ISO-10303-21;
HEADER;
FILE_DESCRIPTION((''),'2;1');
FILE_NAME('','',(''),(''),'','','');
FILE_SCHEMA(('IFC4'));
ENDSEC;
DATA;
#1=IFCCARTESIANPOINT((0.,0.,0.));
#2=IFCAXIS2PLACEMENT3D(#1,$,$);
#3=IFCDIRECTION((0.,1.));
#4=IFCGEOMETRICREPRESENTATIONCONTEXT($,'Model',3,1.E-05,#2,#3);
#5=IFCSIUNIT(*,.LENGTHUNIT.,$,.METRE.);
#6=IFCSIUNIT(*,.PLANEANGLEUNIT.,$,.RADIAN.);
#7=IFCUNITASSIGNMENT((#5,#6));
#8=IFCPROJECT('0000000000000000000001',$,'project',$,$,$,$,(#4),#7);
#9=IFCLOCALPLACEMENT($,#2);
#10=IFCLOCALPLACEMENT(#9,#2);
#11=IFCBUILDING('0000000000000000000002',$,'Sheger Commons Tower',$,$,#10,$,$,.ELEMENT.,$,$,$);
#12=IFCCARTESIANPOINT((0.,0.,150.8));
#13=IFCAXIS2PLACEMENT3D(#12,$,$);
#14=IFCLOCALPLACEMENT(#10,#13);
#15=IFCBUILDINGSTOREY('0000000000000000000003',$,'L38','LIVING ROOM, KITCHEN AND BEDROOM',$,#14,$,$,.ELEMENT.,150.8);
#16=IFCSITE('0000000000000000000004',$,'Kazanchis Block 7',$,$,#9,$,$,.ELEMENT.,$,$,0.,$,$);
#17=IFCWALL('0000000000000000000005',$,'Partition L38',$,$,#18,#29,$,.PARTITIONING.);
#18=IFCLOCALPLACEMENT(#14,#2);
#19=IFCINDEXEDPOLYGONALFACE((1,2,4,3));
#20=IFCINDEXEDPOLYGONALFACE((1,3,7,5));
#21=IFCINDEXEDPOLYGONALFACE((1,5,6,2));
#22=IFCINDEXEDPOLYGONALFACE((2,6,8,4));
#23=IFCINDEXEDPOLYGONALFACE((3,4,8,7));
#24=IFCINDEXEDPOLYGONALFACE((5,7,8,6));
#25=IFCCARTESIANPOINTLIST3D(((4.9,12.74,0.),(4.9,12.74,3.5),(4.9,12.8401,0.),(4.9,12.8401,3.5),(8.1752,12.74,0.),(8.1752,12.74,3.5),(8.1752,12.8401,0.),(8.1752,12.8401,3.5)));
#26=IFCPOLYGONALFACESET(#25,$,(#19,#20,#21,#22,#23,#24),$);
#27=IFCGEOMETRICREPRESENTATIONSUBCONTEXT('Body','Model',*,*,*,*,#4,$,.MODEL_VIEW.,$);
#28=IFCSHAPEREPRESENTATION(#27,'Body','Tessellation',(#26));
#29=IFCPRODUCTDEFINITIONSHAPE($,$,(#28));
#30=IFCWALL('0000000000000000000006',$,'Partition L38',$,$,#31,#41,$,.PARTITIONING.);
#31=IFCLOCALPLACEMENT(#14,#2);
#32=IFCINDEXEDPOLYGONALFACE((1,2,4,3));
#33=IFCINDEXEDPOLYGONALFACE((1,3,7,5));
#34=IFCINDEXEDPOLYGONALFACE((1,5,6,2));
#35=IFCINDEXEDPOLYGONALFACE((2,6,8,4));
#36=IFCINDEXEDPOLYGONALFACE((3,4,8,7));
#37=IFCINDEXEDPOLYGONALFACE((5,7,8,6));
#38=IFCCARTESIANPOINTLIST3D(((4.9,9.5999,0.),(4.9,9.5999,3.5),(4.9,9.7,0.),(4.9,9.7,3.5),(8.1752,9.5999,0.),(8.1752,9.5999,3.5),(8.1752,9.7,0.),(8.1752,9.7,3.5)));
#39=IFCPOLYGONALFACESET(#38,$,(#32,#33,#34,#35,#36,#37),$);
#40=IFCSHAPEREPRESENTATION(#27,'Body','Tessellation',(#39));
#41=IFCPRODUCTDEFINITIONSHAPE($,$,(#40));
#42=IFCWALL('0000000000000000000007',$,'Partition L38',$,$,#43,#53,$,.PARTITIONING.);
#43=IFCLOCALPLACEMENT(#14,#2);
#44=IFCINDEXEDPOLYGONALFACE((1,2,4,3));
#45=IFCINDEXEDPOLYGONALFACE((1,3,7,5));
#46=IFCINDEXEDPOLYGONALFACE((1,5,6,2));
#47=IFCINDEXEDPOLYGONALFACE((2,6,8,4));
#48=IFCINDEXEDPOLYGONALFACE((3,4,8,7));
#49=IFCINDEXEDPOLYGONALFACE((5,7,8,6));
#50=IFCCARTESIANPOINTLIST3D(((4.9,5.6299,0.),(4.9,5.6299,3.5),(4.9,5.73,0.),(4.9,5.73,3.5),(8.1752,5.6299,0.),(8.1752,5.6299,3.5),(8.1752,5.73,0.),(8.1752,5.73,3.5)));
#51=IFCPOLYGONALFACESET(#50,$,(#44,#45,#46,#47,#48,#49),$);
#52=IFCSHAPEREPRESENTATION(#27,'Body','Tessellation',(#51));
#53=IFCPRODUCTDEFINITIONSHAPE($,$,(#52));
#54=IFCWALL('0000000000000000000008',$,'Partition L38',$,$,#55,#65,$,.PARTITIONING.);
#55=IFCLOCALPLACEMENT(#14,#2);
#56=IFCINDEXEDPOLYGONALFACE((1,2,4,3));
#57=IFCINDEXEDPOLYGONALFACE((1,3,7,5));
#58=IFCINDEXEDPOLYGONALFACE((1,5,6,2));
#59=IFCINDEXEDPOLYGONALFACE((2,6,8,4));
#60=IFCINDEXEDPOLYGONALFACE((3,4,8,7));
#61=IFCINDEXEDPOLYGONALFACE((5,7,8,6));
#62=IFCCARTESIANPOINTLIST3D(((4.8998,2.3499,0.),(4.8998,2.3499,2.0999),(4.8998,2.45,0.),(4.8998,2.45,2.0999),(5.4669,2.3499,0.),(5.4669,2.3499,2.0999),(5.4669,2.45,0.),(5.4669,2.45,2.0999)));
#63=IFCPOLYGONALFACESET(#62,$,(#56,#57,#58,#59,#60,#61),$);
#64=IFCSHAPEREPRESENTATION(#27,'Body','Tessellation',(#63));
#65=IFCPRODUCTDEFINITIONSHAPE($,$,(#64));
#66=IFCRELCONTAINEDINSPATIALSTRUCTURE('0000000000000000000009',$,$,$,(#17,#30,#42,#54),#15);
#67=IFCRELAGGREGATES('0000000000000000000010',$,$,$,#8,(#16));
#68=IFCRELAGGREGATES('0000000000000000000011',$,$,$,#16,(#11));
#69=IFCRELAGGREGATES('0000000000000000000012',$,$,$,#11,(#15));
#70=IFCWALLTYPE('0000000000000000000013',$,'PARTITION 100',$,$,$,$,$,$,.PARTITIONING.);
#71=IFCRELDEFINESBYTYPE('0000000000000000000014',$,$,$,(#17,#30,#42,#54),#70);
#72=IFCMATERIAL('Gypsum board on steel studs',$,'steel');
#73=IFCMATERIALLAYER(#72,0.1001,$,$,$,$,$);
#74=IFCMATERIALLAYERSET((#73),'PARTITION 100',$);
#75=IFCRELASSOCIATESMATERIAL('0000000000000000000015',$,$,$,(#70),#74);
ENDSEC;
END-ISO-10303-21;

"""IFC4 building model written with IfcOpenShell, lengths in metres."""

from ifc_helpers import new_model, si_unit, direction, frame, frame_2d, origin, place, context, subcontext, project, spatial, rectangle, extrude, material, layer, layer_set, type_object, element, save


model = new_model("IFC4")

# Units and contexts
model_context = context("Model", 3, precision=1e-05, world=origin(), true_north=direction((0.0, 1.0)))
body_context = subcontext(model_context, "Body", "Model", "MODEL_VIEW")
ifc_project = project(units=[si_unit("LENGTHUNIT", "METRE"), si_unit("PLANEANGLEUNIT", "RADIAN")], contexts=[model_context])

# Site, building, storey
site_placement = place(None, origin())
site = spatial("IfcSite", under=ifc_project, at=site_placement, Name="Kazanchis Block 7", CompositionType="ELEMENT", RefElevation=0.0)
building_placement = place(site_placement, origin())
building = spatial("IfcBuilding", under=site, at=building_placement, Name="Sheger Commons Tower", CompositionType="ELEMENT")
storey_placement = place(building_placement, frame((0.0, 0.0, 150.8)))
storey = spatial("IfcBuildingStorey", under=building, at=storey_placement, Name="L38", Description="LIVING ROOM, KITCHEN AND BEDROOM", CompositionType="ELEMENT", Elevation=150.8)

# Shared definitions
ifc_material_1 = material(Name="Gypsum board on steel studs", Category="steel")
ifc_layer = layer(ifc_material_1, 0.1001)
ifc_layer_set = layer_set([ifc_layer], Name="PARTITION 100")
wall_type = type_object("IfcWallType", Name="PARTITION 100", PredefinedType="PARTITIONING", material=ifc_layer_set)

# Walls
for number, where, z_axis, x_axis, name in (
    (1, (4.8999, 12.79, 0.0), (0.0, 0.0, 1.0), (1.0, 0.0, 0.0), "Partition L38"),
    (2, (4.8999, 9.6499, 0.0), (0.0, 0.0, 1.0), (1.0, 0.0, 0.0), "Partition L38"),
    (3, (4.8999, 5.6799, 0.0), (0.0, 0.0, 1.0), (1.0, 0.0, 0.0), "Partition L38"),
):
    element("IfcWall", number, at=place(storey_placement, frame(where, z_axis=z_axis, x_axis=x_axis)), inside=storey, type_object=wall_type, Name=name, PredefinedType="PARTITIONING", context=body_context, shape_type="SweptSolid", body=[
        extrude(rectangle(XDim=3.2751, YDim=0.1001, at=frame_2d((1.6377, 0.0))), origin(), (0.0, 0.0, 1.0), 3.5),
    ])
wall_1_placement = place(storey_placement, frame((5.467, 2.3999, 0.0), z_axis=(0.0, 0.0, 1.0), x_axis=(-1.0, 0.0, 0.0)))
element("IfcWall", 4, at=wall_1_placement, inside=storey, type_object=wall_type, Name="Partition L38", PredefinedType="PARTITIONING", context=body_context, shape_type="SweptSolid", body=[
    extrude(rectangle(XDim=0.5671, YDim=0.1001, at=frame_2d((0.2837, 0.0))), origin(), (0.0, 0.0, 1.0), 2.0999),
])

save(model, "model.ifc")
